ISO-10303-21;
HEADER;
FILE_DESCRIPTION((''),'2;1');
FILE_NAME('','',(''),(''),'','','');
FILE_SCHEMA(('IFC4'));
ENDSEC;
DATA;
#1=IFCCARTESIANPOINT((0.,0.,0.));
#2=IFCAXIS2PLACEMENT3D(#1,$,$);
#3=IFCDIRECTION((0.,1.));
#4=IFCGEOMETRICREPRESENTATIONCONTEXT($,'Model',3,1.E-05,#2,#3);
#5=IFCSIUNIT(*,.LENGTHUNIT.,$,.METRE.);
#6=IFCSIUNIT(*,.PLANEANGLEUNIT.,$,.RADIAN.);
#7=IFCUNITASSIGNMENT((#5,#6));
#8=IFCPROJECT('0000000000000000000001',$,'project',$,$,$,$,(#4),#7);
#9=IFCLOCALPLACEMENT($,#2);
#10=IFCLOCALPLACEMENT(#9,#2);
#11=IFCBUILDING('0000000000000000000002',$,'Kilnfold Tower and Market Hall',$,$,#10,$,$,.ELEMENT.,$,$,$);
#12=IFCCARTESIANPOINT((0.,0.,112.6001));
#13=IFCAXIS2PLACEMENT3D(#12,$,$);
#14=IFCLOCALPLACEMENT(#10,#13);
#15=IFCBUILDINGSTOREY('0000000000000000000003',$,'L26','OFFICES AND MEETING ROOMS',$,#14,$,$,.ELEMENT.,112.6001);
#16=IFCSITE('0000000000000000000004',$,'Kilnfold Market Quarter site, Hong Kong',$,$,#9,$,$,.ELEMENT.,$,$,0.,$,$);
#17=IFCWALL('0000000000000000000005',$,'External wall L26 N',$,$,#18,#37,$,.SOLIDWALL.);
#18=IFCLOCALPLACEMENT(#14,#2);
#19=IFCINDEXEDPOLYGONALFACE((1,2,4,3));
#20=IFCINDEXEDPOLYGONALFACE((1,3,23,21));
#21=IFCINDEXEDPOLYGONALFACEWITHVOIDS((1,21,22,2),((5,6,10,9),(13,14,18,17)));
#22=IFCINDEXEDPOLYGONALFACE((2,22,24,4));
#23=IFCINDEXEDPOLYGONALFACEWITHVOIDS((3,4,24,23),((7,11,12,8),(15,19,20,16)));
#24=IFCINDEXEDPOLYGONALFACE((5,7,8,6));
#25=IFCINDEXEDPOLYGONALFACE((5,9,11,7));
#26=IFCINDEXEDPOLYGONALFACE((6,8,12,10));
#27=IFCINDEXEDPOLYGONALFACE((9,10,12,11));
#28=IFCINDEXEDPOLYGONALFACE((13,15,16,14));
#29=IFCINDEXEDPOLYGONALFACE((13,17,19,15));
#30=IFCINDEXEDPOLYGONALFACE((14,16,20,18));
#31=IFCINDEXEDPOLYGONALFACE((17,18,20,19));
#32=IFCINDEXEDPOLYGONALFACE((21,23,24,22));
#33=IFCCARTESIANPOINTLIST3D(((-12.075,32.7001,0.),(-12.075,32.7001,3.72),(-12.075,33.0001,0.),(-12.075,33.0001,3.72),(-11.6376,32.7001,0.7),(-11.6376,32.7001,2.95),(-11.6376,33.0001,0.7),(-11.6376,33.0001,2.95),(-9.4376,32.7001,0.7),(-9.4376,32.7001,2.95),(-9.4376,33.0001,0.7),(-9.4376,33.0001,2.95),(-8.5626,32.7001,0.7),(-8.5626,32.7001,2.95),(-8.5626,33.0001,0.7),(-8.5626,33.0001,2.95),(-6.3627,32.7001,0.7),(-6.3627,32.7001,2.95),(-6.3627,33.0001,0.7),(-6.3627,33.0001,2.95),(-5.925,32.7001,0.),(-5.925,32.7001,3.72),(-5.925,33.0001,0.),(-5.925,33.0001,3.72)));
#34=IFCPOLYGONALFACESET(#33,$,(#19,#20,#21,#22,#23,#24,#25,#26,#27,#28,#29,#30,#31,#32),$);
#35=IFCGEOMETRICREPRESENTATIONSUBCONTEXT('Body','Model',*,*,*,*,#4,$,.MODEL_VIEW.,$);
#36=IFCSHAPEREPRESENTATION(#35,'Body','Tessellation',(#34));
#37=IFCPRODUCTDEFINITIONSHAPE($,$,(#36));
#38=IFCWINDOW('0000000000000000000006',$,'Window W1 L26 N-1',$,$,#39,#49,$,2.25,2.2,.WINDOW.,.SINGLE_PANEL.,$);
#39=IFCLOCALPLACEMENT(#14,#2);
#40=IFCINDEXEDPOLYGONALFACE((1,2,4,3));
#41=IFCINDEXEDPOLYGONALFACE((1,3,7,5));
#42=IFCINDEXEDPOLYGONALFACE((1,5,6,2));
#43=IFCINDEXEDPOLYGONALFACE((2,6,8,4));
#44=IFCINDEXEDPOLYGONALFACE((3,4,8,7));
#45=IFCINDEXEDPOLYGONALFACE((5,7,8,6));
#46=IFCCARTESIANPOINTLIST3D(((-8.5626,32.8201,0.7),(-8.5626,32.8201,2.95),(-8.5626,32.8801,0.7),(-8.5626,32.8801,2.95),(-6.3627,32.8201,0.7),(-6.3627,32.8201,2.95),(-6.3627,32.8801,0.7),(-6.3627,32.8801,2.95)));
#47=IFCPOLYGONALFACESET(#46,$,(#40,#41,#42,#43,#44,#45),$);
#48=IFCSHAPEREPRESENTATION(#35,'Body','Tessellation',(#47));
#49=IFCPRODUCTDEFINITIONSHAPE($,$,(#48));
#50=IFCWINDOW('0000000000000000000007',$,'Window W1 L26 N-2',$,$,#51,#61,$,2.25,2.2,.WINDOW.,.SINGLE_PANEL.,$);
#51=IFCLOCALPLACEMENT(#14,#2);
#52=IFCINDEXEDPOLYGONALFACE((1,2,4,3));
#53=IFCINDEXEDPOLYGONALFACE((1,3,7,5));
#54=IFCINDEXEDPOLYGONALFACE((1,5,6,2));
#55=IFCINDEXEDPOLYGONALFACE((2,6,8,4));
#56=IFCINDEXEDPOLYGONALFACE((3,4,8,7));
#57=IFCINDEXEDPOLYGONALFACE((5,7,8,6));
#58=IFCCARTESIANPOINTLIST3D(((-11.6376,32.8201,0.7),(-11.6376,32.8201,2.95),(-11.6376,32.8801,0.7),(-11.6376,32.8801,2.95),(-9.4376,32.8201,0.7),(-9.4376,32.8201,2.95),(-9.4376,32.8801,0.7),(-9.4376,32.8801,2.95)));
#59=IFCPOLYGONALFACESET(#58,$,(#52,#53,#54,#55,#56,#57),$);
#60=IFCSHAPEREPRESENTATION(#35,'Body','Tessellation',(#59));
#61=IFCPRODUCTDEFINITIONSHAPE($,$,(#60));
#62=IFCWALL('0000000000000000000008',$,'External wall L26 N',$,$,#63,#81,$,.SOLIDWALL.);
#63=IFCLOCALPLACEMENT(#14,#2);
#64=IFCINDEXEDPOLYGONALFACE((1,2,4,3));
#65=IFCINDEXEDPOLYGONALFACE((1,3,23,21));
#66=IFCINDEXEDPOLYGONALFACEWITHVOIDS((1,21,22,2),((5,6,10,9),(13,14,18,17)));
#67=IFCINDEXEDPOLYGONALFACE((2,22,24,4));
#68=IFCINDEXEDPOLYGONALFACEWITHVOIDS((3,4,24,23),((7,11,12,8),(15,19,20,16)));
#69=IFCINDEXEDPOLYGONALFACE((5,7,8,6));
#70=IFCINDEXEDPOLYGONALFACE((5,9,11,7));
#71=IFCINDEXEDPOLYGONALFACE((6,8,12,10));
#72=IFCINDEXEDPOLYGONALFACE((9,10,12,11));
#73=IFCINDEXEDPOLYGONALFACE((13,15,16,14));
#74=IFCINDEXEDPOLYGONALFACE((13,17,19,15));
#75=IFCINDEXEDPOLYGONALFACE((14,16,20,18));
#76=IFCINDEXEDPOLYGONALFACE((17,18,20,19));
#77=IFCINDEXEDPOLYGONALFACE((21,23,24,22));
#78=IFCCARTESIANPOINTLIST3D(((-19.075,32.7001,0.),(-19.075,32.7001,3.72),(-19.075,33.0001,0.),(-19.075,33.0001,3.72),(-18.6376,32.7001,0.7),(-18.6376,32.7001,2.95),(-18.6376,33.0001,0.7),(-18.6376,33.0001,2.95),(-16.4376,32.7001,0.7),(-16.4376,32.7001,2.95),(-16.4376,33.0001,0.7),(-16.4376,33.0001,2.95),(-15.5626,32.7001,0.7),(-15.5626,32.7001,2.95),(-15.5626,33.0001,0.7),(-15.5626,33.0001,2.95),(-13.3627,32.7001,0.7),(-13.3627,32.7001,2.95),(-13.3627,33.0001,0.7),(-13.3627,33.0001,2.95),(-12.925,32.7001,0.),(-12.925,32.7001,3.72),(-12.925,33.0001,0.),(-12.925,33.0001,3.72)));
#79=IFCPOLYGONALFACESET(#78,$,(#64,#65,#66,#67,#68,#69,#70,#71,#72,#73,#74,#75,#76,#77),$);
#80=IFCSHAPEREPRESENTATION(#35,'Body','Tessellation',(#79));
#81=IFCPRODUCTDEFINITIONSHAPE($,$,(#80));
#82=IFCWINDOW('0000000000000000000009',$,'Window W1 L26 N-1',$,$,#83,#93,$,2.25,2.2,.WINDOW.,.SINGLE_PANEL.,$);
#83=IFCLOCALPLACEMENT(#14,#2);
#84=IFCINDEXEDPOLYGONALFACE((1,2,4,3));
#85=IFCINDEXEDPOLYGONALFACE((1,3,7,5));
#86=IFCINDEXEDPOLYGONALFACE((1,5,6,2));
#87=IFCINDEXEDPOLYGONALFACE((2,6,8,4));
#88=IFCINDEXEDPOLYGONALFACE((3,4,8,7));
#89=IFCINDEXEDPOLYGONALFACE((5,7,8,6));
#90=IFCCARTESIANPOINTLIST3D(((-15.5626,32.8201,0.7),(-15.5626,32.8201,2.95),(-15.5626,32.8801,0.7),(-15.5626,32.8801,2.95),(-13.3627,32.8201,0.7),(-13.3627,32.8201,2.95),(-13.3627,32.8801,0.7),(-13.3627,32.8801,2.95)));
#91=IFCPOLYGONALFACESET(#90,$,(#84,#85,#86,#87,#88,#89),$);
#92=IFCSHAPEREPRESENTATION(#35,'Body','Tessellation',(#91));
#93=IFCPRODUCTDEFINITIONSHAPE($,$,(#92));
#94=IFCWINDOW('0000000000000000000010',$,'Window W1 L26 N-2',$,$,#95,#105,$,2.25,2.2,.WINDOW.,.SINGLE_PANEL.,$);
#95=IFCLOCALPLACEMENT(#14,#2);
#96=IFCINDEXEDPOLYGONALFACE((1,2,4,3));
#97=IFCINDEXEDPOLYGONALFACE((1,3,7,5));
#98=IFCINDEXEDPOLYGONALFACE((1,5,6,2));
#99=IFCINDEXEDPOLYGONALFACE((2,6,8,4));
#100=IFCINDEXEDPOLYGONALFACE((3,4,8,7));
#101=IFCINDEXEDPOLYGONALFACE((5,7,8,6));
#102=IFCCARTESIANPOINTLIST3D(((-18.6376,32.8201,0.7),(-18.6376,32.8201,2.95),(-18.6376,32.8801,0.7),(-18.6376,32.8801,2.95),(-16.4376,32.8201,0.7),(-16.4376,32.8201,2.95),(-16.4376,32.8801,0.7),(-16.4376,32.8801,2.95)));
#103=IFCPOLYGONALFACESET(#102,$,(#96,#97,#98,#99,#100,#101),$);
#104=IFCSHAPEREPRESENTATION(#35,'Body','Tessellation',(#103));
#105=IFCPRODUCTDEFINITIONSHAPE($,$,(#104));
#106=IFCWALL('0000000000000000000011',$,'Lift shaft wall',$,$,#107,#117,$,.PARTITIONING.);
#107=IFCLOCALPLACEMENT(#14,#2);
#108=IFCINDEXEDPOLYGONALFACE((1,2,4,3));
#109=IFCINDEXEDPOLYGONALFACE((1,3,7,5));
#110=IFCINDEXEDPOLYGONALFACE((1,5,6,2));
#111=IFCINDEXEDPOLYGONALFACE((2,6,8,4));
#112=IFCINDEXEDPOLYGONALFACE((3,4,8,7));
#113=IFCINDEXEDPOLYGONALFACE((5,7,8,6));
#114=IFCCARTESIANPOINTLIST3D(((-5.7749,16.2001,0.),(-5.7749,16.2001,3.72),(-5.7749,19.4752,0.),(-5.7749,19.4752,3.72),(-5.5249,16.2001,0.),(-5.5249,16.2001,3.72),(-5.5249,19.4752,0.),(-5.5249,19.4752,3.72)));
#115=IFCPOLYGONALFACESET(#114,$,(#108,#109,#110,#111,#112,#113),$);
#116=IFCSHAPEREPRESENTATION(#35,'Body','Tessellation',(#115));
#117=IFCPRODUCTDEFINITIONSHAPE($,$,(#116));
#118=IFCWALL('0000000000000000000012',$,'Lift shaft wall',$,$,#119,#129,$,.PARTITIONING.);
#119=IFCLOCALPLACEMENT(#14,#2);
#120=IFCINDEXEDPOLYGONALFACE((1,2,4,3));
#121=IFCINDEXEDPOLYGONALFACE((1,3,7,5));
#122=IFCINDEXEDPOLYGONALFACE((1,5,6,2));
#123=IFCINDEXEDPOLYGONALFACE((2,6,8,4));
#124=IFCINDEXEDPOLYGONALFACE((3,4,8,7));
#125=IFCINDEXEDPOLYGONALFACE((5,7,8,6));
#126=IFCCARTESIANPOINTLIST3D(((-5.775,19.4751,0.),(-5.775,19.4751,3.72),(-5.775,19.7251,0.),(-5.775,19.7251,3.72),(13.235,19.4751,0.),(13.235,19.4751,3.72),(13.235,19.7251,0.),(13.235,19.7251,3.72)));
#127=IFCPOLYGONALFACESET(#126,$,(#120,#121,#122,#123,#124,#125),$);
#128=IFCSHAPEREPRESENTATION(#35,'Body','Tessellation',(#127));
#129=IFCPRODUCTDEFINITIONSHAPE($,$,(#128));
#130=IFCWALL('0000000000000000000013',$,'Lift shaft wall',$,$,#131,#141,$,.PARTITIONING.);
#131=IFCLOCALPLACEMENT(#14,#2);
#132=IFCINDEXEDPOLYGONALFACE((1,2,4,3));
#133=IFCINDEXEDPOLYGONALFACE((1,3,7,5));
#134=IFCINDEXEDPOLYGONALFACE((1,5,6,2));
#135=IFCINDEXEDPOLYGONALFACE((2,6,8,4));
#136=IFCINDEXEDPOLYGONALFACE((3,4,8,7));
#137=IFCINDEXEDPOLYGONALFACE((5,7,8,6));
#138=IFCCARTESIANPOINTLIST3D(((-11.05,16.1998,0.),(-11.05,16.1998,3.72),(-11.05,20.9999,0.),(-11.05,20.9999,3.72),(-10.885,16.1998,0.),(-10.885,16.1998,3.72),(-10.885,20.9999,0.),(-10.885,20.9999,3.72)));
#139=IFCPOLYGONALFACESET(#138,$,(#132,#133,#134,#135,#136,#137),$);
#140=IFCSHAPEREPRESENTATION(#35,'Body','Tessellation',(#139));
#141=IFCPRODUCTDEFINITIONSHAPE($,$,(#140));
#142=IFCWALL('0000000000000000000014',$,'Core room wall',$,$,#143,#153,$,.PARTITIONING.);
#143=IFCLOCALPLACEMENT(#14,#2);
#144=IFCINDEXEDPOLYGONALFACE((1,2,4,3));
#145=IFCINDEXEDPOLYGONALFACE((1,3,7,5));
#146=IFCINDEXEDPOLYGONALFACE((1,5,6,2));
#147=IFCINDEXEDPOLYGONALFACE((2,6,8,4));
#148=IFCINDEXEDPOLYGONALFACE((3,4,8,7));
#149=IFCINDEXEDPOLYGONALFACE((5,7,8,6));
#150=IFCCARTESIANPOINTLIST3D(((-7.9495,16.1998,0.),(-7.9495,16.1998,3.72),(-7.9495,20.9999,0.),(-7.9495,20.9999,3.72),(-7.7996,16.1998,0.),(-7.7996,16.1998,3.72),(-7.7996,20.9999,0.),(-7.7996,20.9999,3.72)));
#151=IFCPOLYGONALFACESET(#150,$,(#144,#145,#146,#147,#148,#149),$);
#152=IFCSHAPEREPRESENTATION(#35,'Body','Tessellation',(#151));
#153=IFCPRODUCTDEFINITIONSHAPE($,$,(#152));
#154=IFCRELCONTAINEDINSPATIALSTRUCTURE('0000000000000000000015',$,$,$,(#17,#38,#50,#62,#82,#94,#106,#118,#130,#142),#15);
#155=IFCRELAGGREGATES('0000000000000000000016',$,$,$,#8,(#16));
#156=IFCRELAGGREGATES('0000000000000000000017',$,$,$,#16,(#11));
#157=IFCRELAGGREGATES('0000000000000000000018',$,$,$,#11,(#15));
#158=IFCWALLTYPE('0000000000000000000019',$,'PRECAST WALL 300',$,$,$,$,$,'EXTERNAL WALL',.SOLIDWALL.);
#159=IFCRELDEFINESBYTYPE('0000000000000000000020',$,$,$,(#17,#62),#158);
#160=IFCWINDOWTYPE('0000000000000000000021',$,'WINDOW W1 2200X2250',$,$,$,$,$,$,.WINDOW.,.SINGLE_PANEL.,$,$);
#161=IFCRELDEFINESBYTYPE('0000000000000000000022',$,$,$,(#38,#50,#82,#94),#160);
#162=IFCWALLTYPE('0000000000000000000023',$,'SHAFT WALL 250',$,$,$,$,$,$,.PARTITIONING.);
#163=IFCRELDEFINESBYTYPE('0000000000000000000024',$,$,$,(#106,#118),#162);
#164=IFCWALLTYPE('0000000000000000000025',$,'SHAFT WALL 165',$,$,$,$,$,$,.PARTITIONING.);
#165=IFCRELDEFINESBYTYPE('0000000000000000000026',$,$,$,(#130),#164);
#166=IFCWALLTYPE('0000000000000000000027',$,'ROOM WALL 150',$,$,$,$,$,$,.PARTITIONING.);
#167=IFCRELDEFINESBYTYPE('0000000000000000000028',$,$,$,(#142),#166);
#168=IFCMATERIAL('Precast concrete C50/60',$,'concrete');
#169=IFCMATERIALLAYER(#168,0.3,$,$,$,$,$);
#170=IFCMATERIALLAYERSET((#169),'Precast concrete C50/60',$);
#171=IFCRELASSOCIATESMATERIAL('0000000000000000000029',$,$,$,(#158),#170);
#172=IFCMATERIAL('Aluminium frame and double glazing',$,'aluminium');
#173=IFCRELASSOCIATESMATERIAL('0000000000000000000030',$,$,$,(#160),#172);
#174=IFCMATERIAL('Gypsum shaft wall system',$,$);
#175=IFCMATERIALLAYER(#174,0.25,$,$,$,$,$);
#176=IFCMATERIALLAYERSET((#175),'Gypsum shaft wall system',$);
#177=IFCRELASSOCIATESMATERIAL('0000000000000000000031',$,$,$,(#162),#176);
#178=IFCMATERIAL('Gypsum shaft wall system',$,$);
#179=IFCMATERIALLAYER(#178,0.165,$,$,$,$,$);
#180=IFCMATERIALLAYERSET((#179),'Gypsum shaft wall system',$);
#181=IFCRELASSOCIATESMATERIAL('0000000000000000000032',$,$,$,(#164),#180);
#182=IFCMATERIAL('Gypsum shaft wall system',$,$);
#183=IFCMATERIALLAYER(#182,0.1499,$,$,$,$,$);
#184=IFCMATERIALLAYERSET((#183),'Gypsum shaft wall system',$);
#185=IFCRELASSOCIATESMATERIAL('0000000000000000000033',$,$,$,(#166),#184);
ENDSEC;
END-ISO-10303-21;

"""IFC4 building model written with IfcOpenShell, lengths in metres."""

from ifc_helpers import new_model, si_unit, direction, frame, frame_2d, origin, place, context, subcontext, project, spatial, rectangle, extrude, source, transform, mapped, material, layer, layer_set, type_object, element, fill, save


model = new_model("IFC4")

# Units and contexts
model_context = context("Model", 3, precision=1e-05, world=origin(), true_north=direction((0.0, 1.0)))
body_context = subcontext(model_context, "Body", "Model", "MODEL_VIEW")
ifc_project = project(units=[si_unit("LENGTHUNIT", "METRE"), si_unit("PLANEANGLEUNIT", "RADIAN")], contexts=[model_context])

# Site, building, storey
site_placement = place(None, origin())
site = spatial("IfcSite", under=ifc_project, at=site_placement, Name="Kilnfold Market Quarter site, Hong Kong", CompositionType="ELEMENT", RefElevation=0.0)
building_placement = place(site_placement, origin())
building = spatial("IfcBuilding", under=site, at=building_placement, Name="Kilnfold Tower and Market Hall", CompositionType="ELEMENT")
storey_placement = place(building_placement, frame((0.0, 0.0, 112.6001)))
storey = spatial("IfcBuildingStorey", under=building, at=storey_placement, Name="L26", Description="OFFICES AND MEETING ROOMS", CompositionType="ELEMENT", Elevation=112.6001)

# Walls, openings, windows
ifc_material_1 = material(Name="Precast concrete C50/60", Category="concrete")
ifc_layer_1 = layer(ifc_material_1, 0.3)
ifc_layer_set_1 = layer_set([ifc_layer_1], Name="Precast concrete C50/60")
wall_type_1 = type_object("IfcWallType", Name="PRECAST WALL 300", ElementType="EXTERNAL WALL", PredefinedType="SOLIDWALL", material=ifc_layer_set_1)
shared_shape_1 = source(origin(), body_context, "Body", "SweptSolid", [
    extrude(rectangle(XDim=6.1499, YDim=0.3, at=frame_2d((3.075, 0.0))), origin(), (0.0, 0.0, 1.0), 3.72),
])
wall_1_placement = place(storey_placement, frame((-5.925, 32.8501, 0.0), z_axis=(0.0, 0.0, 1.0), x_axis=(-1.0, 0.0, 0.0)))
wall_1 = element("IfcWall", 1, at=wall_1_placement, inside=storey, type_object=wall_type_1, Name="External wall L26 N", PredefinedType="SOLIDWALL", context=body_context, shape_type="MappedRepresentation", body=[
    mapped(shared_shape_1, transform((0.0, 0.0, 0.0))),
])
opening_1_placement = place(wall_1_placement, frame((0.4375, 0.0, 0.7)))
opening_1 = element("IfcOpeningElement", 2, at=opening_1_placement, cuts=wall_1, PredefinedType="OPENING", context=body_context, shape_type="SweptSolid", body=[
    extrude(rectangle(XDim=2.2, YDim=2.25, at=frame_2d((1.1001, 1.125))), frame((0.0, 0.1602, 0.0), z_axis=(0.0, -1.0, 0.0), x_axis=(1.0, 0.0, 0.0)), (0.0, 0.0, 1.0), 0.3201),
])
opening_2_placement = place(wall_1_placement, frame((3.5125, 0.0, 0.7)))
opening_2 = element("IfcOpeningElement", 3, at=opening_2_placement, cuts=wall_1, PredefinedType="OPENING", context=body_context, shape_type="SweptSolid", body=[
    extrude(rectangle(XDim=2.2, YDim=2.25, at=frame_2d((1.1001, 1.125))), frame((0.0, 0.1602, 0.0), z_axis=(0.0, -1.0, 0.0), x_axis=(1.0, 0.0, 0.0)), (0.0, 0.0, 1.0), 0.3201),
])
ifc_material_2 = material(Name="Aluminium frame and double glazing", Category="aluminium")
window_type = type_object("IfcWindowType", Name="WINDOW W1 2200X2250", PartitioningType="SINGLE_PANEL", PredefinedType="WINDOW", material=ifc_material_2)
window_1_placement = place(opening_1_placement, origin())
window_1 = element("IfcWindow", 4, at=window_1_placement, inside=storey, type_object=window_type, Name="Window W1 L26 N-1", OverallHeight=2.25, OverallWidth=2.2, PartitioningType="SINGLE_PANEL", PredefinedType="WINDOW", context=body_context, shape_type="SweptSolid", body=[
    extrude(rectangle(XDim=2.2, YDim=2.25, at=frame_2d((1.1001, 1.125))), frame((0.0, 0.03, 0.0), z_axis=(0.0, -1.0, 0.0), x_axis=(1.0, 0.0, 0.0)), (0.0, 0.0, 1.0), 0.0601),
])
fill(opening_1, window_1)
window_2_placement = place(opening_2_placement, origin())
window_2 = element("IfcWindow", 5, at=window_2_placement, inside=storey, type_object=window_type, Name="Window W1 L26 N-2", OverallHeight=2.25, OverallWidth=2.2, PartitioningType="SINGLE_PANEL", PredefinedType="WINDOW", context=body_context, shape_type="SweptSolid", body=[
    extrude(rectangle(XDim=2.2, YDim=2.25, at=frame_2d((1.1001, 1.125))), frame((0.0, 0.03, 0.0), z_axis=(0.0, -1.0, 0.0), x_axis=(1.0, 0.0, 0.0)), (0.0, 0.0, 1.0), 0.0601),
])
fill(opening_2, window_2)
wall_2_placement = place(storey_placement, frame((-12.925, 32.8501, 0.0), z_axis=(0.0, 0.0, 1.0), x_axis=(-1.0, 0.0, 0.0)))
wall_2 = element("IfcWall", 6, at=wall_2_placement, inside=storey, type_object=wall_type_1, Name="External wall L26 N", PredefinedType="SOLIDWALL", context=body_context, shape_type="MappedRepresentation", body=[
    mapped(shared_shape_1, transform((0.0, 0.0, 0.0))),
])
opening_3_placement = place(wall_2_placement, frame((0.4375, 0.0, 0.7)))
opening_3 = element("IfcOpeningElement", 7, at=opening_3_placement, cuts=wall_2, PredefinedType="OPENING", context=body_context, shape_type="SweptSolid", body=[
    extrude(rectangle(XDim=2.2, YDim=2.25, at=frame_2d((1.1001, 1.125))), frame((0.0, 0.1602, 0.0), z_axis=(0.0, -1.0, 0.0), x_axis=(1.0, 0.0, 0.0)), (0.0, 0.0, 1.0), 0.3201),
])
opening_4_placement = place(wall_2_placement, frame((3.5125, 0.0, 0.7)))
opening_4 = element("IfcOpeningElement", 8, at=opening_4_placement, cuts=wall_2, PredefinedType="OPENING", context=body_context, shape_type="SweptSolid", body=[
    extrude(rectangle(XDim=2.2, YDim=2.25, at=frame_2d((1.1001, 1.125))), frame((0.0, 0.1602, 0.0), z_axis=(0.0, -1.0, 0.0), x_axis=(1.0, 0.0, 0.0)), (0.0, 0.0, 1.0), 0.3201),
])
window_3_placement = place(opening_3_placement, origin())
window_3 = element("IfcWindow", 9, at=window_3_placement, inside=storey, type_object=window_type, Name="Window W1 L26 N-1", OverallHeight=2.25, OverallWidth=2.2, PartitioningType="SINGLE_PANEL", PredefinedType="WINDOW", context=body_context, shape_type="SweptSolid", body=[
    extrude(rectangle(XDim=2.2, YDim=2.25, at=frame_2d((1.1001, 1.125))), frame((0.0, 0.03, 0.0), z_axis=(0.0, -1.0, 0.0), x_axis=(1.0, 0.0, 0.0)), (0.0, 0.0, 1.0), 0.0601),
])
fill(opening_3, window_3)
window_4_placement = place(opening_4_placement, origin())
window_4 = element("IfcWindow", 10, at=window_4_placement, inside=storey, type_object=window_type, Name="Window W1 L26 N-2", OverallHeight=2.25, OverallWidth=2.2, PartitioningType="SINGLE_PANEL", PredefinedType="WINDOW", context=body_context, shape_type="SweptSolid", body=[
    extrude(rectangle(XDim=2.2, YDim=2.25, at=frame_2d((1.1001, 1.125))), frame((0.0, 0.03, 0.0), z_axis=(0.0, -1.0, 0.0), x_axis=(1.0, 0.0, 0.0)), (0.0, 0.0, 1.0), 0.0601),
])
fill(opening_4, window_4)

# Walls
ifc_material_3 = material(Name="Gypsum shaft wall system")
ifc_layer_2 = layer(ifc_material_3, 0.25)
ifc_layer_set_2 = layer_set([ifc_layer_2], Name="Gypsum shaft wall system")
wall_type_2 = type_object("IfcWallType", Name="SHAFT WALL 250", PredefinedType="PARTITIONING", material=ifc_layer_set_2)
shared_shape_2 = source(origin(), body_context, "Body", "SweptSolid", [
    extrude(rectangle(XDim=3.2751, YDim=0.25, at=frame_2d((1.6377, 0.0))), origin(), (0.0, 0.0, 1.0), 3.72),
])
wall_3_placement = place(storey_placement, frame((-5.6499, 16.2, 0.0), z_axis=(0.0, 0.0, 1.0), x_axis=(0.0, 1.0, 0.0)))
element("IfcWall", 11, at=wall_3_placement, inside=storey, type_object=wall_type_2, Name="Lift shaft wall", PredefinedType="PARTITIONING", context=body_context, shape_type="MappedRepresentation", body=[
    mapped(shared_shape_2, transform((0.0, 0.0, 0.0))),
])
shared_shape_3 = source(origin(), body_context, "Body", "SweptSolid", [
    extrude(rectangle(XDim=19.01, YDim=0.25, at=frame_2d((9.5049, 0.0))), origin(), (0.0, 0.0, 1.0), 3.72),
])
wall_4_placement = place(storey_placement, frame((-5.7749, 19.6001, 0.0), z_axis=(0.0, 0.0, 1.0), x_axis=(1.0, 0.0, 0.0)))
element("IfcWall", 12, at=wall_4_placement, inside=storey, type_object=wall_type_2, Name="Lift shaft wall", PredefinedType="PARTITIONING", context=body_context, shape_type="MappedRepresentation", body=[
    mapped(shared_shape_3, transform((0.0, 0.0, 0.0))),
])
ifc_material_4 = material(Name="Gypsum shaft wall system")
ifc_layer_3 = layer(ifc_material_4, 0.165)
ifc_layer_set_3 = layer_set([ifc_layer_3], Name="Gypsum shaft wall system")
wall_type_3 = type_object("IfcWallType", Name="SHAFT WALL 165", PredefinedType="PARTITIONING", material=ifc_layer_set_3)
shared_shape_4 = source(origin(), body_context, "Body", "SweptSolid", [
    extrude(rectangle(XDim=4.8, YDim=0.165, at=frame_2d((2.3999, 0.0))), origin(), (0.0, 0.0, 1.0), 3.72),
])
wall_5_placement = place(storey_placement, frame((-10.9675, 16.2, 0.0), z_axis=(0.0, 0.0, 1.0), x_axis=(0.0, 1.0, 0.0)))
element("IfcWall", 13, at=wall_5_placement, inside=storey, type_object=wall_type_3, Name="Lift shaft wall", PredefinedType="PARTITIONING", context=body_context, shape_type="MappedRepresentation", body=[
    mapped(shared_shape_4, transform((0.0, 0.0, 0.0))),
])
ifc_material_5 = material(Name="Gypsum shaft wall system")
ifc_layer_4 = layer(ifc_material_5, 0.1499)
ifc_layer_set_4 = layer_set([ifc_layer_4], Name="Gypsum shaft wall system")
wall_type_4 = type_object("IfcWallType", Name="ROOM WALL 150", PredefinedType="PARTITIONING", material=ifc_layer_set_4)
shared_shape_5 = source(origin(), body_context, "Body", "SweptSolid", [
    extrude(rectangle(XDim=4.8, YDim=0.1499, at=frame_2d((2.3999, 0.0))), origin(), (0.0, 0.0, 1.0), 3.72),
])
wall_6_placement = place(storey_placement, frame((-7.8745, 16.2, 0.0), z_axis=(0.0, 0.0, 1.0), x_axis=(0.0, 1.0, 0.0)))
element("IfcWall", 14, at=wall_6_placement, inside=storey, type_object=wall_type_4, Name="Core room wall", PredefinedType="PARTITIONING", context=body_context, shape_type="MappedRepresentation", body=[
    mapped(shared_shape_5, transform((0.0, 0.0, 0.0))),
])

save(model, "model.ifc")
